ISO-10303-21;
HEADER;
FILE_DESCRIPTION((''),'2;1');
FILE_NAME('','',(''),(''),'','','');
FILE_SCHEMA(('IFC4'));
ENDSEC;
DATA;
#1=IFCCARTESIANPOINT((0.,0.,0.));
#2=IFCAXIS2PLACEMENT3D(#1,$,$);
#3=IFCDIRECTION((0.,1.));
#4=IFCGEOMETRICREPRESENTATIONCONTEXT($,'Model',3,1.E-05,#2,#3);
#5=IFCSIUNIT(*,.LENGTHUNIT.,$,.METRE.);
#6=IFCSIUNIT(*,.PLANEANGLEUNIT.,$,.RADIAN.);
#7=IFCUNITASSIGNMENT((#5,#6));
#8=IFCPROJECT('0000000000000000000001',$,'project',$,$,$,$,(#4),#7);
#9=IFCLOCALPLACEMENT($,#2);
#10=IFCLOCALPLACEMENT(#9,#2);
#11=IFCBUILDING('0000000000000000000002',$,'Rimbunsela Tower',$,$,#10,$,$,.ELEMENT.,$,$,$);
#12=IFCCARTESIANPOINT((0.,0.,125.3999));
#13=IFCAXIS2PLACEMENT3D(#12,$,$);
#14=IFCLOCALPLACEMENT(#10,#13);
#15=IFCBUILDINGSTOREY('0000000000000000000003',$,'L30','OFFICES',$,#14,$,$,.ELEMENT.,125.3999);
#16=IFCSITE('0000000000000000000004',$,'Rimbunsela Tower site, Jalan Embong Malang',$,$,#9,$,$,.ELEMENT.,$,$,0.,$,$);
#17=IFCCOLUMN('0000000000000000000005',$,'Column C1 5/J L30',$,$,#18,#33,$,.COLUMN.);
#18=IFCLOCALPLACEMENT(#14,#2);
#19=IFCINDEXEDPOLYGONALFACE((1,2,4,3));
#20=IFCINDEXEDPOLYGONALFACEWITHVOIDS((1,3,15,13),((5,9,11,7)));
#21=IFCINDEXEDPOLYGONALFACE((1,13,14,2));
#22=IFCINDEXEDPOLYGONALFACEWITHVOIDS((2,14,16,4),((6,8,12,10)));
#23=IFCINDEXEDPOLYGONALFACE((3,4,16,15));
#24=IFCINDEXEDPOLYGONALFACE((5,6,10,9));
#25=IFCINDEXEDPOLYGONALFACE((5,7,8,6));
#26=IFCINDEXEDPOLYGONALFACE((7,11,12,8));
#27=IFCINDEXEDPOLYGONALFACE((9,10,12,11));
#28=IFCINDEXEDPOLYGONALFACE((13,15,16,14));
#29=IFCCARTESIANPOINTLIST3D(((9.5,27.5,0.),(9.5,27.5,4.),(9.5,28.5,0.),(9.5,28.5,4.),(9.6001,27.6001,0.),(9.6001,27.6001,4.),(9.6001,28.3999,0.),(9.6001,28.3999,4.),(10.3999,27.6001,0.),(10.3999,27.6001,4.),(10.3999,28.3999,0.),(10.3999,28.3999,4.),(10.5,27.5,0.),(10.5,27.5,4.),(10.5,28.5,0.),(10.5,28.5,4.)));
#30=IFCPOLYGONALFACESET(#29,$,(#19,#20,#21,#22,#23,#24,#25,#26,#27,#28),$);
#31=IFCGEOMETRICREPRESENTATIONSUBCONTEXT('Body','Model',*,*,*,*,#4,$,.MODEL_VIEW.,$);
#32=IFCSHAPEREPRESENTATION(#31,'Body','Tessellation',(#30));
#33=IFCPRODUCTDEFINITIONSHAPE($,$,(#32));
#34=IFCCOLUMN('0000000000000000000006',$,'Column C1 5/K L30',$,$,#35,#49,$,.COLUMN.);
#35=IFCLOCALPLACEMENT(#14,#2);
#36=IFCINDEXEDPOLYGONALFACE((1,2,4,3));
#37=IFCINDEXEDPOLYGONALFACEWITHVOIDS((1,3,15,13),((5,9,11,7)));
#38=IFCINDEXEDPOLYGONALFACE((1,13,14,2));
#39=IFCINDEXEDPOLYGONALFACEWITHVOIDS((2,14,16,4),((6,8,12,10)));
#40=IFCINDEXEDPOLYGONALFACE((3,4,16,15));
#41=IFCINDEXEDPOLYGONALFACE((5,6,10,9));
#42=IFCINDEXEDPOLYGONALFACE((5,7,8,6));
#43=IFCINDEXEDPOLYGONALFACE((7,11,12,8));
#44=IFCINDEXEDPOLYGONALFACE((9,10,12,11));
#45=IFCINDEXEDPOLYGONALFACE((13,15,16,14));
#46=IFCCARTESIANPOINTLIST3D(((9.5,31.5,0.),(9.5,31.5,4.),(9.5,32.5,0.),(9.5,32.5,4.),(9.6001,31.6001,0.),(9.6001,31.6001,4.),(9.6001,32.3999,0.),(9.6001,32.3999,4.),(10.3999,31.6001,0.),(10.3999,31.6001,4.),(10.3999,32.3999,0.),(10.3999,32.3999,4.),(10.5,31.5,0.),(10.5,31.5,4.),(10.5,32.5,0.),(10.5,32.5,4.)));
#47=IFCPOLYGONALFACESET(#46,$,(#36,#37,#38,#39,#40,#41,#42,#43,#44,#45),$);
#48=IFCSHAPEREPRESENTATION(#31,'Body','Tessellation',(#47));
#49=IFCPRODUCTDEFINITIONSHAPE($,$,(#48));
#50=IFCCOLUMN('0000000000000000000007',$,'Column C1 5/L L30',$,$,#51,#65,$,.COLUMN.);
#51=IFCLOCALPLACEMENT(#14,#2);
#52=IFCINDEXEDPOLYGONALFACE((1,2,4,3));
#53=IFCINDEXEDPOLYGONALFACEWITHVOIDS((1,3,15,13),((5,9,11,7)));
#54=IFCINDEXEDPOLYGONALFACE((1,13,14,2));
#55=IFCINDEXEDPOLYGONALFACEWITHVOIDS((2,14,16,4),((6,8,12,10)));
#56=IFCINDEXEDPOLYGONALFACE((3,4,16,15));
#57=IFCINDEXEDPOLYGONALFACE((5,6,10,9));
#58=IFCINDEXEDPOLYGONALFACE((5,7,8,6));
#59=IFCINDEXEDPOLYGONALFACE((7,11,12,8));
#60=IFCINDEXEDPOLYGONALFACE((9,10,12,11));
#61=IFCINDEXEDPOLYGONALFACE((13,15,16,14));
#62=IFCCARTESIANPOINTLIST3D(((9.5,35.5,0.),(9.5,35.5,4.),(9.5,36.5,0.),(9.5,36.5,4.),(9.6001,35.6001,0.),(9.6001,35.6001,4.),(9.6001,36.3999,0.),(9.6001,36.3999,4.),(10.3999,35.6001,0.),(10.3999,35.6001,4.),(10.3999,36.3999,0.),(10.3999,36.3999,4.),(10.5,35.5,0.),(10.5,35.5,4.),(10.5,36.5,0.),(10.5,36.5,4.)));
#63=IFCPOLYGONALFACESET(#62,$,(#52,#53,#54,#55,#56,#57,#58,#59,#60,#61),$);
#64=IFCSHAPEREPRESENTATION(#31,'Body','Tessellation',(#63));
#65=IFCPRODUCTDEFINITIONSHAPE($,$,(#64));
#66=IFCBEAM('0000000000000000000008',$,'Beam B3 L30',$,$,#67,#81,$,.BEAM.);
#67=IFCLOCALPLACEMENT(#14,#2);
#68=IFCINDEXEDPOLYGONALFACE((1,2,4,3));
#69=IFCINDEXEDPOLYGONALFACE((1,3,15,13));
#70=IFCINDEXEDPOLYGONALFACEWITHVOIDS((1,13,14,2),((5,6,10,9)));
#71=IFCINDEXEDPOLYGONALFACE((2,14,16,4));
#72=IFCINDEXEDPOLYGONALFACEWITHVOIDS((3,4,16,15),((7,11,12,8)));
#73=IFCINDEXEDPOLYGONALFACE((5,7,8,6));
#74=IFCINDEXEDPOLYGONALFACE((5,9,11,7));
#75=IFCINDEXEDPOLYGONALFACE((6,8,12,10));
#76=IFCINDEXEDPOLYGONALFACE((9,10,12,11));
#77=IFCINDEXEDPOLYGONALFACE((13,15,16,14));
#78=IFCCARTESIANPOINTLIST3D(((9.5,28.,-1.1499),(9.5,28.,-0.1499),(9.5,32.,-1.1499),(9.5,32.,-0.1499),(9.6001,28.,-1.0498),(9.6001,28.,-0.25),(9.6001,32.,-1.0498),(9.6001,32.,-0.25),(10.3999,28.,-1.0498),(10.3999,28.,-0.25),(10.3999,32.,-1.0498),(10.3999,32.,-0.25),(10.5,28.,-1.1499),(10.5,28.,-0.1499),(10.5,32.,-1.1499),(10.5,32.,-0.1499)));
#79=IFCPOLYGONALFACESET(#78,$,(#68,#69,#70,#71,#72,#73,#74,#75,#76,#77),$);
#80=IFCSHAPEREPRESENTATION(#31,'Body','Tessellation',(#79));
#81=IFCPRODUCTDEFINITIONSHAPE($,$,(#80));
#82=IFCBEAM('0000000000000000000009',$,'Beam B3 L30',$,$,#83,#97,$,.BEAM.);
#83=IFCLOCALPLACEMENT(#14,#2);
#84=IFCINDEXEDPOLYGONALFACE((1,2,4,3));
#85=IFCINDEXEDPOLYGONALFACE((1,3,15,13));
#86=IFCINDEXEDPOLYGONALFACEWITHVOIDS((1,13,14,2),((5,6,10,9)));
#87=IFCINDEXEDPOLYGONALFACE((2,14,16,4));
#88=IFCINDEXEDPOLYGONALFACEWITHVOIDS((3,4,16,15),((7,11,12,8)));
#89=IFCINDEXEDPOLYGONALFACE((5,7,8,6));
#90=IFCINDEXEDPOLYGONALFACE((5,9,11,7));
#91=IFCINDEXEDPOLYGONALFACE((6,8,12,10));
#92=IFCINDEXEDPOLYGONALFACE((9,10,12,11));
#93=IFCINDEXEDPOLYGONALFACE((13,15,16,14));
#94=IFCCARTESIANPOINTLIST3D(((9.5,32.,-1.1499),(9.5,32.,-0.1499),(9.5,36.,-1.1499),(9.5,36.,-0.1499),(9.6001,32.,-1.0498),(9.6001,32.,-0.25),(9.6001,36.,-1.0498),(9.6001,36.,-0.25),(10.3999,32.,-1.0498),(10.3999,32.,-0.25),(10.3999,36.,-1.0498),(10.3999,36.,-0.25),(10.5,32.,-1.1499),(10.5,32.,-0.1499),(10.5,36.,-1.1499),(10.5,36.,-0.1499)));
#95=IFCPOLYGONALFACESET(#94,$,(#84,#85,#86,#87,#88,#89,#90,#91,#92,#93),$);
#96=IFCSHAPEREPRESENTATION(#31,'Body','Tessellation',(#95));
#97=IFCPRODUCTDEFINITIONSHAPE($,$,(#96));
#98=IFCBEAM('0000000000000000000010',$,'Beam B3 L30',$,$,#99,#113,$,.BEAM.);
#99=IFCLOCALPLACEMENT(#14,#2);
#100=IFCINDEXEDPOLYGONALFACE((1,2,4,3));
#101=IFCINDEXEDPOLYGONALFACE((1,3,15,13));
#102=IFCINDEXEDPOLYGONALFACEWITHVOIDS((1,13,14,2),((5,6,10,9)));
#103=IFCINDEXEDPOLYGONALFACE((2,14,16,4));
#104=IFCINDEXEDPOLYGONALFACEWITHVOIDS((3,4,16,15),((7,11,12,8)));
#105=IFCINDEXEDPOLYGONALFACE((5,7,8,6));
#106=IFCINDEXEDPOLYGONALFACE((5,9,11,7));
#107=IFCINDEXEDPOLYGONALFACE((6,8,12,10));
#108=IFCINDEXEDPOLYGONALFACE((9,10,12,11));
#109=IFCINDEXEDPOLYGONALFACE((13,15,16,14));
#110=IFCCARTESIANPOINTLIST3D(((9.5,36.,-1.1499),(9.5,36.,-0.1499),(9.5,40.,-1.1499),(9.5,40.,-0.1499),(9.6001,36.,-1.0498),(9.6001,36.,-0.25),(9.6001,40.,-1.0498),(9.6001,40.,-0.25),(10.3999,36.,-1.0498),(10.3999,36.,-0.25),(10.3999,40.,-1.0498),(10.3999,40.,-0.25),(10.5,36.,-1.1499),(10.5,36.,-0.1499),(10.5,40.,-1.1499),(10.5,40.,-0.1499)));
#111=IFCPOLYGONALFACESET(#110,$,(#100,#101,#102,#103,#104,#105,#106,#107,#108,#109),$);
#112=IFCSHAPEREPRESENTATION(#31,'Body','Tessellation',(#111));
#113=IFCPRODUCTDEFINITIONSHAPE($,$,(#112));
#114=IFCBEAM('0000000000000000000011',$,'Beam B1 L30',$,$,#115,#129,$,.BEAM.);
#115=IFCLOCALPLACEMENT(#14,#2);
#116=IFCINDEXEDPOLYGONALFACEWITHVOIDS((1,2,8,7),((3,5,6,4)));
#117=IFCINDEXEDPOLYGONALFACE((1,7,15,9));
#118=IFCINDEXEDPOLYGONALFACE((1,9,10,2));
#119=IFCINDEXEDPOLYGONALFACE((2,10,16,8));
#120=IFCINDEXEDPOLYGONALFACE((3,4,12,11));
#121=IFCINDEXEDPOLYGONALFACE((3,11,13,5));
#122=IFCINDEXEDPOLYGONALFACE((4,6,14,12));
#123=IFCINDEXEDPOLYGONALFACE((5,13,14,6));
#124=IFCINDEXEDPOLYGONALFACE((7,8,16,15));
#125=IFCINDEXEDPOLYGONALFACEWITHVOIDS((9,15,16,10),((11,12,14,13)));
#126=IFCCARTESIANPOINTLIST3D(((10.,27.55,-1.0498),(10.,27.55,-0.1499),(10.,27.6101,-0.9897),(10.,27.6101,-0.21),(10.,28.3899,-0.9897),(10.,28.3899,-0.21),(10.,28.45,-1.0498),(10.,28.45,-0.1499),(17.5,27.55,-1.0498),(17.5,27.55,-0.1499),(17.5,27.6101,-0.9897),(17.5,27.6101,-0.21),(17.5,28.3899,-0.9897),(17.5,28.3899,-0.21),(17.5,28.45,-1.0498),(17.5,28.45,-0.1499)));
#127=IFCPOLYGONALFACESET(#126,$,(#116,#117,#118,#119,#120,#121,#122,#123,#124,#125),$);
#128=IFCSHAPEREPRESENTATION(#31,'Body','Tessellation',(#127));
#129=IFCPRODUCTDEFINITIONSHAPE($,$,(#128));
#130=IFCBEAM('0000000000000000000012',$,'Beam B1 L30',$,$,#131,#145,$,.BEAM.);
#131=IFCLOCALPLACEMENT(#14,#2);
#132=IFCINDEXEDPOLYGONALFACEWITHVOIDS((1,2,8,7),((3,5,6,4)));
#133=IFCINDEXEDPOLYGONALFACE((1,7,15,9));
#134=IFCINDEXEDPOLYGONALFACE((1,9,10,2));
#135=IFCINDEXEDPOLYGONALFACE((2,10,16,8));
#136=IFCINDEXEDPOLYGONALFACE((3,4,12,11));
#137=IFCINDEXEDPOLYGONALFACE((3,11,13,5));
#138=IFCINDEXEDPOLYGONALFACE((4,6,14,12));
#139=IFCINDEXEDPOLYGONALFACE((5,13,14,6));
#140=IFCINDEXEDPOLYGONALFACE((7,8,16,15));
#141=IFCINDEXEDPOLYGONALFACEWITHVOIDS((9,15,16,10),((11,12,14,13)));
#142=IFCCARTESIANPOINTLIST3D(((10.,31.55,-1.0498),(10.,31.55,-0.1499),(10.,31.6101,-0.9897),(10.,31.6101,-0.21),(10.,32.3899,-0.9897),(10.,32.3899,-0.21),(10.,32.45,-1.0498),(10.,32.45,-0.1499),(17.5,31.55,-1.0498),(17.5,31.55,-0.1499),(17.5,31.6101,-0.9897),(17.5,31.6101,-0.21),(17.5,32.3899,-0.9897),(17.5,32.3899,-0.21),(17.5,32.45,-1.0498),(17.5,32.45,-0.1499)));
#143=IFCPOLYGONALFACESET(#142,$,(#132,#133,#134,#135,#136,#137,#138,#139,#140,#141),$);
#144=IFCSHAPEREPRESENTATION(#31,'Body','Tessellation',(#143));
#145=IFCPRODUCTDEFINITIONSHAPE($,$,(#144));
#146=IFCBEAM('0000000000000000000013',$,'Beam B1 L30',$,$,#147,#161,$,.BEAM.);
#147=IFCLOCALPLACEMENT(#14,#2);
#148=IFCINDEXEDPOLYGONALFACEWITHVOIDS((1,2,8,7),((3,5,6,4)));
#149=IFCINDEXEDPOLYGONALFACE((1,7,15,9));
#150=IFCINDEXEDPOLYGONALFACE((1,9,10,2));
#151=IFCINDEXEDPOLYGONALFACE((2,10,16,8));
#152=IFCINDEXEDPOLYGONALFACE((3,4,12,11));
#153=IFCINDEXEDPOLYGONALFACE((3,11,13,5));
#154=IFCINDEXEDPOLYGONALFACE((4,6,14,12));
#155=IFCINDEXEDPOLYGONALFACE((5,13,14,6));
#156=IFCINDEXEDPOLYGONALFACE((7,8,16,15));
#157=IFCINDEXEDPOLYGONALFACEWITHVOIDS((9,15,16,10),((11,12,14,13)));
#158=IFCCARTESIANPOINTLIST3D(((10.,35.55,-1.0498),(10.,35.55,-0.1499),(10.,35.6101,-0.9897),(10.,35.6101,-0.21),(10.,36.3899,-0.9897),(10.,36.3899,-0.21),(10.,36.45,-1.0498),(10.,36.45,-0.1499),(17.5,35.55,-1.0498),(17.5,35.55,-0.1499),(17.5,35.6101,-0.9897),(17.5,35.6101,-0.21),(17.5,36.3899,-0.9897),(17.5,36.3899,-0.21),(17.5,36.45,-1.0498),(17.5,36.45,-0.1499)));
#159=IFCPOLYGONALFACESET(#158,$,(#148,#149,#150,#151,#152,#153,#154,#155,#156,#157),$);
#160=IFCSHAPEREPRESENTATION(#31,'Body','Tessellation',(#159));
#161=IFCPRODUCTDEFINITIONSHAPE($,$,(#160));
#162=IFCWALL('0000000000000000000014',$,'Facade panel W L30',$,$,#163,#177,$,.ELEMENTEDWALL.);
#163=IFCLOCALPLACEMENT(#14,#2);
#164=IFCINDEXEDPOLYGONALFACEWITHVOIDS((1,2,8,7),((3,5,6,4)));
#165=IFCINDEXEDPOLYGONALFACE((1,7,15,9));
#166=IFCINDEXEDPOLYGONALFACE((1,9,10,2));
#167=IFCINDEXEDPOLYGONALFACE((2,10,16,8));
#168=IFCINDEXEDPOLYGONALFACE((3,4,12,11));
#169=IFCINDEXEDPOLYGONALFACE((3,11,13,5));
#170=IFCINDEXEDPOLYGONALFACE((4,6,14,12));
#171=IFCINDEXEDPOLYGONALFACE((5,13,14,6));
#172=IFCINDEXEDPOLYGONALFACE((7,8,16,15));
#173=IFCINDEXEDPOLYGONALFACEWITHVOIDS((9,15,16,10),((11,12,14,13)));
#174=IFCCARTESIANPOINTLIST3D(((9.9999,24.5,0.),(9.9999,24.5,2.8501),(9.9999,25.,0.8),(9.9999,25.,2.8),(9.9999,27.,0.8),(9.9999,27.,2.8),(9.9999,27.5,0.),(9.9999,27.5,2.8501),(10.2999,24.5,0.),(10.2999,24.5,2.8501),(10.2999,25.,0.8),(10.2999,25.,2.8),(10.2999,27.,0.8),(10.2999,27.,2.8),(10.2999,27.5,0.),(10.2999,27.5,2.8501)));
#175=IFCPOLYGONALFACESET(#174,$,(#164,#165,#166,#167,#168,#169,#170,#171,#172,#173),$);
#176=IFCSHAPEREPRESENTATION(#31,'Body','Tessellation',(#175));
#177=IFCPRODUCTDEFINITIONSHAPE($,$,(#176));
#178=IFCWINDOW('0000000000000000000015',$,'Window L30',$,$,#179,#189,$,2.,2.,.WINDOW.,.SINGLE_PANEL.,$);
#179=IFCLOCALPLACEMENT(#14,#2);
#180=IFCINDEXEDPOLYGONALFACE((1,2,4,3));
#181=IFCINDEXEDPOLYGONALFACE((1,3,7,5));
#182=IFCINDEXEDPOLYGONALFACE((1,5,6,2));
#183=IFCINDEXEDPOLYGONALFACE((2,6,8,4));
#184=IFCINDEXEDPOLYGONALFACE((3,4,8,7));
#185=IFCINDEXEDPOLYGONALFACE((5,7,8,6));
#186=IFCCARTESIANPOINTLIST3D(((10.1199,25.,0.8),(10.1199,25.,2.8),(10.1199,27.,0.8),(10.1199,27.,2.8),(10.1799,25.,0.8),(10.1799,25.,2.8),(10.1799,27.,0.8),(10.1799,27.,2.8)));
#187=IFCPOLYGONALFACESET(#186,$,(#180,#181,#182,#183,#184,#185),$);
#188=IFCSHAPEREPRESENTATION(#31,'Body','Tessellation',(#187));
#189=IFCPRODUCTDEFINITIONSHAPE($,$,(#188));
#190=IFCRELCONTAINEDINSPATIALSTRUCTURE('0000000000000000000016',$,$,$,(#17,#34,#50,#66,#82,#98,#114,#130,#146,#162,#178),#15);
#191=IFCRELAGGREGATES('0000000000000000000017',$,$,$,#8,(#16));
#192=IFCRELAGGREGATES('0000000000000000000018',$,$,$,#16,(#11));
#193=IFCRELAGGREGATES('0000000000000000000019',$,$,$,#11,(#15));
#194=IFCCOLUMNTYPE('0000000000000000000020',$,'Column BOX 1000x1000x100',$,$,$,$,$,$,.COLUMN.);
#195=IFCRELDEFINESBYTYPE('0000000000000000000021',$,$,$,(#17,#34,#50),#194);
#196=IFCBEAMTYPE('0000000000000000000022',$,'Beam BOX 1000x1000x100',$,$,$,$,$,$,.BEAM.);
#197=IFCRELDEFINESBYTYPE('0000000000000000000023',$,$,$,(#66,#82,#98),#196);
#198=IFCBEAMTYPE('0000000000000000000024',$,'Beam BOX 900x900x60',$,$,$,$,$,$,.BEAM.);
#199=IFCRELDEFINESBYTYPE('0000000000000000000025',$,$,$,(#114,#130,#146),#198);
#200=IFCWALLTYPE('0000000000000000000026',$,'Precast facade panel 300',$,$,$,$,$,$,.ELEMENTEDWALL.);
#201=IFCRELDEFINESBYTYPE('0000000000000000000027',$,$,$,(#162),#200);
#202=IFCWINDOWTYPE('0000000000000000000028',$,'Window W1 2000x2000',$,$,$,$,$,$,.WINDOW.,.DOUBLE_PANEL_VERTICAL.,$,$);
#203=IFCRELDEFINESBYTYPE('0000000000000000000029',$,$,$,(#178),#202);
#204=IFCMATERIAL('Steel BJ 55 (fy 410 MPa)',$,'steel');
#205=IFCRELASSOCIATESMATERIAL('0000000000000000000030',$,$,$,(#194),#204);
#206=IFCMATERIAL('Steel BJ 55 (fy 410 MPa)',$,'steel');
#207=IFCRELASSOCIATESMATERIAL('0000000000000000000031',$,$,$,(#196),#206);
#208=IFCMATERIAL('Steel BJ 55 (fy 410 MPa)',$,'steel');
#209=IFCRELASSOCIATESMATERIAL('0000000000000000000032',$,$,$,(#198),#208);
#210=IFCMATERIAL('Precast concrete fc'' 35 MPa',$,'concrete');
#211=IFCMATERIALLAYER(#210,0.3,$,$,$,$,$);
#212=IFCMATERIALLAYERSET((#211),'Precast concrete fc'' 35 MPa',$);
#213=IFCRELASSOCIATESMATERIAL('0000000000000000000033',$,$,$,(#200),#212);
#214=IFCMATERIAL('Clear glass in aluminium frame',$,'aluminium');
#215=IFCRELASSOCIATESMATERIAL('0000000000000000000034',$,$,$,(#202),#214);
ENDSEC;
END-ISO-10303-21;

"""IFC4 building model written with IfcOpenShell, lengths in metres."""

from ifc_helpers import new_model, si_unit, direction, frame, frame_2d, origin, origin_2d, place, context, subcontext, project, spatial, rectangle, hollow_rectangle, extrude, material, layer, layer_set, material_profile, profile_set, type_object, element, fill, save


model = new_model("IFC4")

# Units and contexts
model_context = context("Model", 3, precision=1e-05, world=origin(), true_north=direction((0.0, 1.0)))
body_context = subcontext(model_context, "Body", "Model", "MODEL_VIEW")
ifc_project = project(units=[si_unit("LENGTHUNIT", "METRE"), si_unit("PLANEANGLEUNIT", "RADIAN")], contexts=[model_context])

# Site, building, storey
site_placement = place(None, origin())
site = spatial("IfcSite", under=ifc_project, at=site_placement, Name="Rimbunsela Tower site, Jalan Embong Malang", CompositionType="ELEMENT", RefElevation=0.0)
building_placement = place(site_placement, origin())
building = spatial("IfcBuilding", under=site, at=building_placement, Name="Rimbunsela Tower", CompositionType="ELEMENT")
storey_placement = place(building_placement, frame((0.0, 0.0, 125.3999)))
storey = spatial("IfcBuildingStorey", under=building, at=storey_placement, Name="L30", Description="OFFICES", CompositionType="ELEMENT", Elevation=125.3999)

# Columns
ifc_material_1 = material(Name="Steel BJ 55 (fy 410 MPa)", Category="steel")
ifc_material_profile_1 = material_profile(ifc_material_1, hollow_rectangle(XDim=1.0, YDim=1.0, WallThickness=0.1001, at=origin_2d()), Name="BOX 1000x1000x100")
ifc_profile_set_1 = profile_set([ifc_material_profile_1], Name="Steel BJ 55 (fy 410 MPa)")
column_type = type_object("IfcColumnType", Name="Column BOX 1000x1000x100", PredefinedType="COLUMN", material=ifc_profile_set_1)
for number, where, z_axis, x_axis, name in (
    (1, (10.0, 28.0, 0.0), (0.0, 0.0, 1.0), (1.0, 0.0, 0.0), "Column C1 5/J L30"),
    (2, (10.0, 32.0, 0.0), (0.0, 0.0, 1.0), (1.0, 0.0, 0.0), "Column C1 5/K L30"),
    (3, (10.0, 36.0, 0.0), (0.0, 0.0, 1.0), (1.0, 0.0, 0.0), "Column C1 5/L L30"),
):
    element("IfcColumn", number, at=place(storey_placement, frame(where, z_axis=z_axis, x_axis=x_axis)), inside=storey, type_object=column_type, Name=name, PredefinedType="COLUMN", context=body_context, shape_type="SweptSolid", body=[
        extrude(hollow_rectangle(XDim=1.0, YDim=1.0, WallThickness=0.1001, at=origin_2d()), origin(), (0.0, 0.0, 1.0), 4.0),
    ])

# Beams
ifc_material_2 = material(Name="Steel BJ 55 (fy 410 MPa)", Category="steel")
ifc_material_profile_2 = material_profile(ifc_material_2, hollow_rectangle(XDim=1.0, YDim=1.0, WallThickness=0.1001, at=origin_2d()), Name="BOX 1000x1000x100")
ifc_profile_set_2 = profile_set([ifc_material_profile_2], Name="Steel BJ 55 (fy 410 MPa)")
beam_type_1 = type_object("IfcBeamType", Name="Beam BOX 1000x1000x100", PredefinedType="BEAM", material=ifc_profile_set_2)
for number, where, z_axis, x_axis, name in (
    (4, (10.0, 28.0, -0.6499), (0.0, 1.0, 0.0), (-1.0, 0.0, 0.0), "Beam B3 L30"),
    (5, (10.0, 32.0, -0.6499), (0.0, 1.0, 0.0), (-1.0, 0.0, 0.0), "Beam B3 L30"),
    (6, (10.0, 36.0, -0.6499), (0.0, 1.0, 0.0), (-1.0, 0.0, 0.0), "Beam B3 L30"),
):
    element("IfcBeam", number, at=place(storey_placement, frame(where, z_axis=z_axis, x_axis=x_axis)), inside=storey, type_object=beam_type_1, Name=name, PredefinedType="BEAM", context=body_context, shape_type="SweptSolid", body=[
        extrude(hollow_rectangle(XDim=1.0, YDim=1.0, WallThickness=0.1001, at=origin_2d()), origin(), (0.0, 0.0, 1.0), 4.0),
    ])
ifc_material_3 = material(Name="Steel BJ 55 (fy 410 MPa)", Category="steel")
ifc_material_profile_3 = material_profile(ifc_material_3, hollow_rectangle(XDim=0.8999, YDim=0.8999, WallThickness=0.0601, at=origin_2d()), Name="BOX 900x900x60")
ifc_profile_set_3 = profile_set([ifc_material_profile_3], Name="Steel BJ 55 (fy 410 MPa)")
beam_type_2 = type_object("IfcBeamType", Name="Beam BOX 900x900x60", PredefinedType="BEAM", material=ifc_profile_set_3)
for number, where, z_axis, x_axis, name in (
    (7, (10.0, 28.0, -0.5999), (1.0, 0.0, 0.0), (0.0, 1.0, 0.0), "Beam B1 L30"),
    (8, (10.0, 32.0, -0.5999), (1.0, 0.0, 0.0), (0.0, 1.0, 0.0), "Beam B1 L30"),
    (9, (10.0, 36.0, -0.5999), (1.0, 0.0, 0.0), (0.0, 1.0, 0.0), "Beam B1 L30"),
):
    element("IfcBeam", number, at=place(storey_placement, frame(where, z_axis=z_axis, x_axis=x_axis)), inside=storey, type_object=beam_type_2, Name=name, PredefinedType="BEAM", context=body_context, shape_type="SweptSolid", body=[
        extrude(hollow_rectangle(XDim=0.8999, YDim=0.8999, WallThickness=0.0601, at=origin_2d()), origin(), (0.0, 0.0, 1.0), 7.5),
    ])

# Wall, opening, window
ifc_material_4 = material(Name="Precast concrete fc' 35 MPa", Category="concrete")
ifc_layer_1 = layer(ifc_material_4, 0.3)
ifc_layer_set_1 = layer_set([ifc_layer_1], Name="Precast concrete fc' 35 MPa")
wall_type = type_object("IfcWallType", Name="Precast facade panel 300", PredefinedType="ELEMENTEDWALL", material=ifc_layer_set_1)
wall_placement = place(storey_placement, frame((10.1499, 27.5, 0.0), z_axis=(0.0, 0.0, 1.0), x_axis=(0.0, -1.0, 0.0)))
wall = element("IfcWall", 10, at=wall_placement, inside=storey, type_object=wall_type, Name="Facade panel W L30", PredefinedType="ELEMENTEDWALL", context=body_context, shape_type="SweptSolid", body=[
    extrude(rectangle(XDim=3.0, YDim=0.3, at=frame_2d((1.5, 0.0))), origin(), (0.0, 0.0, 1.0), 2.8501),
])
opening_placement = place(wall_placement, frame((0.5, 0.0, 0.8)))
opening = element("IfcOpeningElement", 11, at=opening_placement, cuts=wall, PredefinedType="OPENING", context=body_context, shape_type="SweptSolid", body=[
    extrude(rectangle(XDim=2.0, YDim=2.0, at=frame_2d((1.0, 1.0))), frame((0.0, 0.1599, 0.0), z_axis=(0.0, -1.0, 0.0), x_axis=(1.0, 0.0, 0.0)), (0.0, 0.0, 1.0), 0.3201),
])
ifc_material_5 = material(Name="Clear glass in aluminium frame", Category="aluminium")
window_type = type_object("IfcWindowType", Name="Window W1 2000x2000", PartitioningType="DOUBLE_PANEL_VERTICAL", PredefinedType="WINDOW", material=ifc_material_5)
window_placement = place(opening_placement, origin())
window = element("IfcWindow", 12, at=window_placement, inside=storey, type_object=window_type, Name="Window L30", OverallHeight=2.0, OverallWidth=2.0, PartitioningType="SINGLE_PANEL", PredefinedType="WINDOW", context=body_context, shape_type="SweptSolid", body=[
    extrude(rectangle(XDim=2.0, YDim=2.0, at=frame_2d((1.0, 1.0))), frame((0.0, 0.03, 0.0), z_axis=(0.0, -1.0, 0.0), x_axis=(1.0, 0.0, 0.0)), (0.0, 0.0, 1.0), 0.0601),
])
fill(opening, window)

save(model, "model.ifc")
